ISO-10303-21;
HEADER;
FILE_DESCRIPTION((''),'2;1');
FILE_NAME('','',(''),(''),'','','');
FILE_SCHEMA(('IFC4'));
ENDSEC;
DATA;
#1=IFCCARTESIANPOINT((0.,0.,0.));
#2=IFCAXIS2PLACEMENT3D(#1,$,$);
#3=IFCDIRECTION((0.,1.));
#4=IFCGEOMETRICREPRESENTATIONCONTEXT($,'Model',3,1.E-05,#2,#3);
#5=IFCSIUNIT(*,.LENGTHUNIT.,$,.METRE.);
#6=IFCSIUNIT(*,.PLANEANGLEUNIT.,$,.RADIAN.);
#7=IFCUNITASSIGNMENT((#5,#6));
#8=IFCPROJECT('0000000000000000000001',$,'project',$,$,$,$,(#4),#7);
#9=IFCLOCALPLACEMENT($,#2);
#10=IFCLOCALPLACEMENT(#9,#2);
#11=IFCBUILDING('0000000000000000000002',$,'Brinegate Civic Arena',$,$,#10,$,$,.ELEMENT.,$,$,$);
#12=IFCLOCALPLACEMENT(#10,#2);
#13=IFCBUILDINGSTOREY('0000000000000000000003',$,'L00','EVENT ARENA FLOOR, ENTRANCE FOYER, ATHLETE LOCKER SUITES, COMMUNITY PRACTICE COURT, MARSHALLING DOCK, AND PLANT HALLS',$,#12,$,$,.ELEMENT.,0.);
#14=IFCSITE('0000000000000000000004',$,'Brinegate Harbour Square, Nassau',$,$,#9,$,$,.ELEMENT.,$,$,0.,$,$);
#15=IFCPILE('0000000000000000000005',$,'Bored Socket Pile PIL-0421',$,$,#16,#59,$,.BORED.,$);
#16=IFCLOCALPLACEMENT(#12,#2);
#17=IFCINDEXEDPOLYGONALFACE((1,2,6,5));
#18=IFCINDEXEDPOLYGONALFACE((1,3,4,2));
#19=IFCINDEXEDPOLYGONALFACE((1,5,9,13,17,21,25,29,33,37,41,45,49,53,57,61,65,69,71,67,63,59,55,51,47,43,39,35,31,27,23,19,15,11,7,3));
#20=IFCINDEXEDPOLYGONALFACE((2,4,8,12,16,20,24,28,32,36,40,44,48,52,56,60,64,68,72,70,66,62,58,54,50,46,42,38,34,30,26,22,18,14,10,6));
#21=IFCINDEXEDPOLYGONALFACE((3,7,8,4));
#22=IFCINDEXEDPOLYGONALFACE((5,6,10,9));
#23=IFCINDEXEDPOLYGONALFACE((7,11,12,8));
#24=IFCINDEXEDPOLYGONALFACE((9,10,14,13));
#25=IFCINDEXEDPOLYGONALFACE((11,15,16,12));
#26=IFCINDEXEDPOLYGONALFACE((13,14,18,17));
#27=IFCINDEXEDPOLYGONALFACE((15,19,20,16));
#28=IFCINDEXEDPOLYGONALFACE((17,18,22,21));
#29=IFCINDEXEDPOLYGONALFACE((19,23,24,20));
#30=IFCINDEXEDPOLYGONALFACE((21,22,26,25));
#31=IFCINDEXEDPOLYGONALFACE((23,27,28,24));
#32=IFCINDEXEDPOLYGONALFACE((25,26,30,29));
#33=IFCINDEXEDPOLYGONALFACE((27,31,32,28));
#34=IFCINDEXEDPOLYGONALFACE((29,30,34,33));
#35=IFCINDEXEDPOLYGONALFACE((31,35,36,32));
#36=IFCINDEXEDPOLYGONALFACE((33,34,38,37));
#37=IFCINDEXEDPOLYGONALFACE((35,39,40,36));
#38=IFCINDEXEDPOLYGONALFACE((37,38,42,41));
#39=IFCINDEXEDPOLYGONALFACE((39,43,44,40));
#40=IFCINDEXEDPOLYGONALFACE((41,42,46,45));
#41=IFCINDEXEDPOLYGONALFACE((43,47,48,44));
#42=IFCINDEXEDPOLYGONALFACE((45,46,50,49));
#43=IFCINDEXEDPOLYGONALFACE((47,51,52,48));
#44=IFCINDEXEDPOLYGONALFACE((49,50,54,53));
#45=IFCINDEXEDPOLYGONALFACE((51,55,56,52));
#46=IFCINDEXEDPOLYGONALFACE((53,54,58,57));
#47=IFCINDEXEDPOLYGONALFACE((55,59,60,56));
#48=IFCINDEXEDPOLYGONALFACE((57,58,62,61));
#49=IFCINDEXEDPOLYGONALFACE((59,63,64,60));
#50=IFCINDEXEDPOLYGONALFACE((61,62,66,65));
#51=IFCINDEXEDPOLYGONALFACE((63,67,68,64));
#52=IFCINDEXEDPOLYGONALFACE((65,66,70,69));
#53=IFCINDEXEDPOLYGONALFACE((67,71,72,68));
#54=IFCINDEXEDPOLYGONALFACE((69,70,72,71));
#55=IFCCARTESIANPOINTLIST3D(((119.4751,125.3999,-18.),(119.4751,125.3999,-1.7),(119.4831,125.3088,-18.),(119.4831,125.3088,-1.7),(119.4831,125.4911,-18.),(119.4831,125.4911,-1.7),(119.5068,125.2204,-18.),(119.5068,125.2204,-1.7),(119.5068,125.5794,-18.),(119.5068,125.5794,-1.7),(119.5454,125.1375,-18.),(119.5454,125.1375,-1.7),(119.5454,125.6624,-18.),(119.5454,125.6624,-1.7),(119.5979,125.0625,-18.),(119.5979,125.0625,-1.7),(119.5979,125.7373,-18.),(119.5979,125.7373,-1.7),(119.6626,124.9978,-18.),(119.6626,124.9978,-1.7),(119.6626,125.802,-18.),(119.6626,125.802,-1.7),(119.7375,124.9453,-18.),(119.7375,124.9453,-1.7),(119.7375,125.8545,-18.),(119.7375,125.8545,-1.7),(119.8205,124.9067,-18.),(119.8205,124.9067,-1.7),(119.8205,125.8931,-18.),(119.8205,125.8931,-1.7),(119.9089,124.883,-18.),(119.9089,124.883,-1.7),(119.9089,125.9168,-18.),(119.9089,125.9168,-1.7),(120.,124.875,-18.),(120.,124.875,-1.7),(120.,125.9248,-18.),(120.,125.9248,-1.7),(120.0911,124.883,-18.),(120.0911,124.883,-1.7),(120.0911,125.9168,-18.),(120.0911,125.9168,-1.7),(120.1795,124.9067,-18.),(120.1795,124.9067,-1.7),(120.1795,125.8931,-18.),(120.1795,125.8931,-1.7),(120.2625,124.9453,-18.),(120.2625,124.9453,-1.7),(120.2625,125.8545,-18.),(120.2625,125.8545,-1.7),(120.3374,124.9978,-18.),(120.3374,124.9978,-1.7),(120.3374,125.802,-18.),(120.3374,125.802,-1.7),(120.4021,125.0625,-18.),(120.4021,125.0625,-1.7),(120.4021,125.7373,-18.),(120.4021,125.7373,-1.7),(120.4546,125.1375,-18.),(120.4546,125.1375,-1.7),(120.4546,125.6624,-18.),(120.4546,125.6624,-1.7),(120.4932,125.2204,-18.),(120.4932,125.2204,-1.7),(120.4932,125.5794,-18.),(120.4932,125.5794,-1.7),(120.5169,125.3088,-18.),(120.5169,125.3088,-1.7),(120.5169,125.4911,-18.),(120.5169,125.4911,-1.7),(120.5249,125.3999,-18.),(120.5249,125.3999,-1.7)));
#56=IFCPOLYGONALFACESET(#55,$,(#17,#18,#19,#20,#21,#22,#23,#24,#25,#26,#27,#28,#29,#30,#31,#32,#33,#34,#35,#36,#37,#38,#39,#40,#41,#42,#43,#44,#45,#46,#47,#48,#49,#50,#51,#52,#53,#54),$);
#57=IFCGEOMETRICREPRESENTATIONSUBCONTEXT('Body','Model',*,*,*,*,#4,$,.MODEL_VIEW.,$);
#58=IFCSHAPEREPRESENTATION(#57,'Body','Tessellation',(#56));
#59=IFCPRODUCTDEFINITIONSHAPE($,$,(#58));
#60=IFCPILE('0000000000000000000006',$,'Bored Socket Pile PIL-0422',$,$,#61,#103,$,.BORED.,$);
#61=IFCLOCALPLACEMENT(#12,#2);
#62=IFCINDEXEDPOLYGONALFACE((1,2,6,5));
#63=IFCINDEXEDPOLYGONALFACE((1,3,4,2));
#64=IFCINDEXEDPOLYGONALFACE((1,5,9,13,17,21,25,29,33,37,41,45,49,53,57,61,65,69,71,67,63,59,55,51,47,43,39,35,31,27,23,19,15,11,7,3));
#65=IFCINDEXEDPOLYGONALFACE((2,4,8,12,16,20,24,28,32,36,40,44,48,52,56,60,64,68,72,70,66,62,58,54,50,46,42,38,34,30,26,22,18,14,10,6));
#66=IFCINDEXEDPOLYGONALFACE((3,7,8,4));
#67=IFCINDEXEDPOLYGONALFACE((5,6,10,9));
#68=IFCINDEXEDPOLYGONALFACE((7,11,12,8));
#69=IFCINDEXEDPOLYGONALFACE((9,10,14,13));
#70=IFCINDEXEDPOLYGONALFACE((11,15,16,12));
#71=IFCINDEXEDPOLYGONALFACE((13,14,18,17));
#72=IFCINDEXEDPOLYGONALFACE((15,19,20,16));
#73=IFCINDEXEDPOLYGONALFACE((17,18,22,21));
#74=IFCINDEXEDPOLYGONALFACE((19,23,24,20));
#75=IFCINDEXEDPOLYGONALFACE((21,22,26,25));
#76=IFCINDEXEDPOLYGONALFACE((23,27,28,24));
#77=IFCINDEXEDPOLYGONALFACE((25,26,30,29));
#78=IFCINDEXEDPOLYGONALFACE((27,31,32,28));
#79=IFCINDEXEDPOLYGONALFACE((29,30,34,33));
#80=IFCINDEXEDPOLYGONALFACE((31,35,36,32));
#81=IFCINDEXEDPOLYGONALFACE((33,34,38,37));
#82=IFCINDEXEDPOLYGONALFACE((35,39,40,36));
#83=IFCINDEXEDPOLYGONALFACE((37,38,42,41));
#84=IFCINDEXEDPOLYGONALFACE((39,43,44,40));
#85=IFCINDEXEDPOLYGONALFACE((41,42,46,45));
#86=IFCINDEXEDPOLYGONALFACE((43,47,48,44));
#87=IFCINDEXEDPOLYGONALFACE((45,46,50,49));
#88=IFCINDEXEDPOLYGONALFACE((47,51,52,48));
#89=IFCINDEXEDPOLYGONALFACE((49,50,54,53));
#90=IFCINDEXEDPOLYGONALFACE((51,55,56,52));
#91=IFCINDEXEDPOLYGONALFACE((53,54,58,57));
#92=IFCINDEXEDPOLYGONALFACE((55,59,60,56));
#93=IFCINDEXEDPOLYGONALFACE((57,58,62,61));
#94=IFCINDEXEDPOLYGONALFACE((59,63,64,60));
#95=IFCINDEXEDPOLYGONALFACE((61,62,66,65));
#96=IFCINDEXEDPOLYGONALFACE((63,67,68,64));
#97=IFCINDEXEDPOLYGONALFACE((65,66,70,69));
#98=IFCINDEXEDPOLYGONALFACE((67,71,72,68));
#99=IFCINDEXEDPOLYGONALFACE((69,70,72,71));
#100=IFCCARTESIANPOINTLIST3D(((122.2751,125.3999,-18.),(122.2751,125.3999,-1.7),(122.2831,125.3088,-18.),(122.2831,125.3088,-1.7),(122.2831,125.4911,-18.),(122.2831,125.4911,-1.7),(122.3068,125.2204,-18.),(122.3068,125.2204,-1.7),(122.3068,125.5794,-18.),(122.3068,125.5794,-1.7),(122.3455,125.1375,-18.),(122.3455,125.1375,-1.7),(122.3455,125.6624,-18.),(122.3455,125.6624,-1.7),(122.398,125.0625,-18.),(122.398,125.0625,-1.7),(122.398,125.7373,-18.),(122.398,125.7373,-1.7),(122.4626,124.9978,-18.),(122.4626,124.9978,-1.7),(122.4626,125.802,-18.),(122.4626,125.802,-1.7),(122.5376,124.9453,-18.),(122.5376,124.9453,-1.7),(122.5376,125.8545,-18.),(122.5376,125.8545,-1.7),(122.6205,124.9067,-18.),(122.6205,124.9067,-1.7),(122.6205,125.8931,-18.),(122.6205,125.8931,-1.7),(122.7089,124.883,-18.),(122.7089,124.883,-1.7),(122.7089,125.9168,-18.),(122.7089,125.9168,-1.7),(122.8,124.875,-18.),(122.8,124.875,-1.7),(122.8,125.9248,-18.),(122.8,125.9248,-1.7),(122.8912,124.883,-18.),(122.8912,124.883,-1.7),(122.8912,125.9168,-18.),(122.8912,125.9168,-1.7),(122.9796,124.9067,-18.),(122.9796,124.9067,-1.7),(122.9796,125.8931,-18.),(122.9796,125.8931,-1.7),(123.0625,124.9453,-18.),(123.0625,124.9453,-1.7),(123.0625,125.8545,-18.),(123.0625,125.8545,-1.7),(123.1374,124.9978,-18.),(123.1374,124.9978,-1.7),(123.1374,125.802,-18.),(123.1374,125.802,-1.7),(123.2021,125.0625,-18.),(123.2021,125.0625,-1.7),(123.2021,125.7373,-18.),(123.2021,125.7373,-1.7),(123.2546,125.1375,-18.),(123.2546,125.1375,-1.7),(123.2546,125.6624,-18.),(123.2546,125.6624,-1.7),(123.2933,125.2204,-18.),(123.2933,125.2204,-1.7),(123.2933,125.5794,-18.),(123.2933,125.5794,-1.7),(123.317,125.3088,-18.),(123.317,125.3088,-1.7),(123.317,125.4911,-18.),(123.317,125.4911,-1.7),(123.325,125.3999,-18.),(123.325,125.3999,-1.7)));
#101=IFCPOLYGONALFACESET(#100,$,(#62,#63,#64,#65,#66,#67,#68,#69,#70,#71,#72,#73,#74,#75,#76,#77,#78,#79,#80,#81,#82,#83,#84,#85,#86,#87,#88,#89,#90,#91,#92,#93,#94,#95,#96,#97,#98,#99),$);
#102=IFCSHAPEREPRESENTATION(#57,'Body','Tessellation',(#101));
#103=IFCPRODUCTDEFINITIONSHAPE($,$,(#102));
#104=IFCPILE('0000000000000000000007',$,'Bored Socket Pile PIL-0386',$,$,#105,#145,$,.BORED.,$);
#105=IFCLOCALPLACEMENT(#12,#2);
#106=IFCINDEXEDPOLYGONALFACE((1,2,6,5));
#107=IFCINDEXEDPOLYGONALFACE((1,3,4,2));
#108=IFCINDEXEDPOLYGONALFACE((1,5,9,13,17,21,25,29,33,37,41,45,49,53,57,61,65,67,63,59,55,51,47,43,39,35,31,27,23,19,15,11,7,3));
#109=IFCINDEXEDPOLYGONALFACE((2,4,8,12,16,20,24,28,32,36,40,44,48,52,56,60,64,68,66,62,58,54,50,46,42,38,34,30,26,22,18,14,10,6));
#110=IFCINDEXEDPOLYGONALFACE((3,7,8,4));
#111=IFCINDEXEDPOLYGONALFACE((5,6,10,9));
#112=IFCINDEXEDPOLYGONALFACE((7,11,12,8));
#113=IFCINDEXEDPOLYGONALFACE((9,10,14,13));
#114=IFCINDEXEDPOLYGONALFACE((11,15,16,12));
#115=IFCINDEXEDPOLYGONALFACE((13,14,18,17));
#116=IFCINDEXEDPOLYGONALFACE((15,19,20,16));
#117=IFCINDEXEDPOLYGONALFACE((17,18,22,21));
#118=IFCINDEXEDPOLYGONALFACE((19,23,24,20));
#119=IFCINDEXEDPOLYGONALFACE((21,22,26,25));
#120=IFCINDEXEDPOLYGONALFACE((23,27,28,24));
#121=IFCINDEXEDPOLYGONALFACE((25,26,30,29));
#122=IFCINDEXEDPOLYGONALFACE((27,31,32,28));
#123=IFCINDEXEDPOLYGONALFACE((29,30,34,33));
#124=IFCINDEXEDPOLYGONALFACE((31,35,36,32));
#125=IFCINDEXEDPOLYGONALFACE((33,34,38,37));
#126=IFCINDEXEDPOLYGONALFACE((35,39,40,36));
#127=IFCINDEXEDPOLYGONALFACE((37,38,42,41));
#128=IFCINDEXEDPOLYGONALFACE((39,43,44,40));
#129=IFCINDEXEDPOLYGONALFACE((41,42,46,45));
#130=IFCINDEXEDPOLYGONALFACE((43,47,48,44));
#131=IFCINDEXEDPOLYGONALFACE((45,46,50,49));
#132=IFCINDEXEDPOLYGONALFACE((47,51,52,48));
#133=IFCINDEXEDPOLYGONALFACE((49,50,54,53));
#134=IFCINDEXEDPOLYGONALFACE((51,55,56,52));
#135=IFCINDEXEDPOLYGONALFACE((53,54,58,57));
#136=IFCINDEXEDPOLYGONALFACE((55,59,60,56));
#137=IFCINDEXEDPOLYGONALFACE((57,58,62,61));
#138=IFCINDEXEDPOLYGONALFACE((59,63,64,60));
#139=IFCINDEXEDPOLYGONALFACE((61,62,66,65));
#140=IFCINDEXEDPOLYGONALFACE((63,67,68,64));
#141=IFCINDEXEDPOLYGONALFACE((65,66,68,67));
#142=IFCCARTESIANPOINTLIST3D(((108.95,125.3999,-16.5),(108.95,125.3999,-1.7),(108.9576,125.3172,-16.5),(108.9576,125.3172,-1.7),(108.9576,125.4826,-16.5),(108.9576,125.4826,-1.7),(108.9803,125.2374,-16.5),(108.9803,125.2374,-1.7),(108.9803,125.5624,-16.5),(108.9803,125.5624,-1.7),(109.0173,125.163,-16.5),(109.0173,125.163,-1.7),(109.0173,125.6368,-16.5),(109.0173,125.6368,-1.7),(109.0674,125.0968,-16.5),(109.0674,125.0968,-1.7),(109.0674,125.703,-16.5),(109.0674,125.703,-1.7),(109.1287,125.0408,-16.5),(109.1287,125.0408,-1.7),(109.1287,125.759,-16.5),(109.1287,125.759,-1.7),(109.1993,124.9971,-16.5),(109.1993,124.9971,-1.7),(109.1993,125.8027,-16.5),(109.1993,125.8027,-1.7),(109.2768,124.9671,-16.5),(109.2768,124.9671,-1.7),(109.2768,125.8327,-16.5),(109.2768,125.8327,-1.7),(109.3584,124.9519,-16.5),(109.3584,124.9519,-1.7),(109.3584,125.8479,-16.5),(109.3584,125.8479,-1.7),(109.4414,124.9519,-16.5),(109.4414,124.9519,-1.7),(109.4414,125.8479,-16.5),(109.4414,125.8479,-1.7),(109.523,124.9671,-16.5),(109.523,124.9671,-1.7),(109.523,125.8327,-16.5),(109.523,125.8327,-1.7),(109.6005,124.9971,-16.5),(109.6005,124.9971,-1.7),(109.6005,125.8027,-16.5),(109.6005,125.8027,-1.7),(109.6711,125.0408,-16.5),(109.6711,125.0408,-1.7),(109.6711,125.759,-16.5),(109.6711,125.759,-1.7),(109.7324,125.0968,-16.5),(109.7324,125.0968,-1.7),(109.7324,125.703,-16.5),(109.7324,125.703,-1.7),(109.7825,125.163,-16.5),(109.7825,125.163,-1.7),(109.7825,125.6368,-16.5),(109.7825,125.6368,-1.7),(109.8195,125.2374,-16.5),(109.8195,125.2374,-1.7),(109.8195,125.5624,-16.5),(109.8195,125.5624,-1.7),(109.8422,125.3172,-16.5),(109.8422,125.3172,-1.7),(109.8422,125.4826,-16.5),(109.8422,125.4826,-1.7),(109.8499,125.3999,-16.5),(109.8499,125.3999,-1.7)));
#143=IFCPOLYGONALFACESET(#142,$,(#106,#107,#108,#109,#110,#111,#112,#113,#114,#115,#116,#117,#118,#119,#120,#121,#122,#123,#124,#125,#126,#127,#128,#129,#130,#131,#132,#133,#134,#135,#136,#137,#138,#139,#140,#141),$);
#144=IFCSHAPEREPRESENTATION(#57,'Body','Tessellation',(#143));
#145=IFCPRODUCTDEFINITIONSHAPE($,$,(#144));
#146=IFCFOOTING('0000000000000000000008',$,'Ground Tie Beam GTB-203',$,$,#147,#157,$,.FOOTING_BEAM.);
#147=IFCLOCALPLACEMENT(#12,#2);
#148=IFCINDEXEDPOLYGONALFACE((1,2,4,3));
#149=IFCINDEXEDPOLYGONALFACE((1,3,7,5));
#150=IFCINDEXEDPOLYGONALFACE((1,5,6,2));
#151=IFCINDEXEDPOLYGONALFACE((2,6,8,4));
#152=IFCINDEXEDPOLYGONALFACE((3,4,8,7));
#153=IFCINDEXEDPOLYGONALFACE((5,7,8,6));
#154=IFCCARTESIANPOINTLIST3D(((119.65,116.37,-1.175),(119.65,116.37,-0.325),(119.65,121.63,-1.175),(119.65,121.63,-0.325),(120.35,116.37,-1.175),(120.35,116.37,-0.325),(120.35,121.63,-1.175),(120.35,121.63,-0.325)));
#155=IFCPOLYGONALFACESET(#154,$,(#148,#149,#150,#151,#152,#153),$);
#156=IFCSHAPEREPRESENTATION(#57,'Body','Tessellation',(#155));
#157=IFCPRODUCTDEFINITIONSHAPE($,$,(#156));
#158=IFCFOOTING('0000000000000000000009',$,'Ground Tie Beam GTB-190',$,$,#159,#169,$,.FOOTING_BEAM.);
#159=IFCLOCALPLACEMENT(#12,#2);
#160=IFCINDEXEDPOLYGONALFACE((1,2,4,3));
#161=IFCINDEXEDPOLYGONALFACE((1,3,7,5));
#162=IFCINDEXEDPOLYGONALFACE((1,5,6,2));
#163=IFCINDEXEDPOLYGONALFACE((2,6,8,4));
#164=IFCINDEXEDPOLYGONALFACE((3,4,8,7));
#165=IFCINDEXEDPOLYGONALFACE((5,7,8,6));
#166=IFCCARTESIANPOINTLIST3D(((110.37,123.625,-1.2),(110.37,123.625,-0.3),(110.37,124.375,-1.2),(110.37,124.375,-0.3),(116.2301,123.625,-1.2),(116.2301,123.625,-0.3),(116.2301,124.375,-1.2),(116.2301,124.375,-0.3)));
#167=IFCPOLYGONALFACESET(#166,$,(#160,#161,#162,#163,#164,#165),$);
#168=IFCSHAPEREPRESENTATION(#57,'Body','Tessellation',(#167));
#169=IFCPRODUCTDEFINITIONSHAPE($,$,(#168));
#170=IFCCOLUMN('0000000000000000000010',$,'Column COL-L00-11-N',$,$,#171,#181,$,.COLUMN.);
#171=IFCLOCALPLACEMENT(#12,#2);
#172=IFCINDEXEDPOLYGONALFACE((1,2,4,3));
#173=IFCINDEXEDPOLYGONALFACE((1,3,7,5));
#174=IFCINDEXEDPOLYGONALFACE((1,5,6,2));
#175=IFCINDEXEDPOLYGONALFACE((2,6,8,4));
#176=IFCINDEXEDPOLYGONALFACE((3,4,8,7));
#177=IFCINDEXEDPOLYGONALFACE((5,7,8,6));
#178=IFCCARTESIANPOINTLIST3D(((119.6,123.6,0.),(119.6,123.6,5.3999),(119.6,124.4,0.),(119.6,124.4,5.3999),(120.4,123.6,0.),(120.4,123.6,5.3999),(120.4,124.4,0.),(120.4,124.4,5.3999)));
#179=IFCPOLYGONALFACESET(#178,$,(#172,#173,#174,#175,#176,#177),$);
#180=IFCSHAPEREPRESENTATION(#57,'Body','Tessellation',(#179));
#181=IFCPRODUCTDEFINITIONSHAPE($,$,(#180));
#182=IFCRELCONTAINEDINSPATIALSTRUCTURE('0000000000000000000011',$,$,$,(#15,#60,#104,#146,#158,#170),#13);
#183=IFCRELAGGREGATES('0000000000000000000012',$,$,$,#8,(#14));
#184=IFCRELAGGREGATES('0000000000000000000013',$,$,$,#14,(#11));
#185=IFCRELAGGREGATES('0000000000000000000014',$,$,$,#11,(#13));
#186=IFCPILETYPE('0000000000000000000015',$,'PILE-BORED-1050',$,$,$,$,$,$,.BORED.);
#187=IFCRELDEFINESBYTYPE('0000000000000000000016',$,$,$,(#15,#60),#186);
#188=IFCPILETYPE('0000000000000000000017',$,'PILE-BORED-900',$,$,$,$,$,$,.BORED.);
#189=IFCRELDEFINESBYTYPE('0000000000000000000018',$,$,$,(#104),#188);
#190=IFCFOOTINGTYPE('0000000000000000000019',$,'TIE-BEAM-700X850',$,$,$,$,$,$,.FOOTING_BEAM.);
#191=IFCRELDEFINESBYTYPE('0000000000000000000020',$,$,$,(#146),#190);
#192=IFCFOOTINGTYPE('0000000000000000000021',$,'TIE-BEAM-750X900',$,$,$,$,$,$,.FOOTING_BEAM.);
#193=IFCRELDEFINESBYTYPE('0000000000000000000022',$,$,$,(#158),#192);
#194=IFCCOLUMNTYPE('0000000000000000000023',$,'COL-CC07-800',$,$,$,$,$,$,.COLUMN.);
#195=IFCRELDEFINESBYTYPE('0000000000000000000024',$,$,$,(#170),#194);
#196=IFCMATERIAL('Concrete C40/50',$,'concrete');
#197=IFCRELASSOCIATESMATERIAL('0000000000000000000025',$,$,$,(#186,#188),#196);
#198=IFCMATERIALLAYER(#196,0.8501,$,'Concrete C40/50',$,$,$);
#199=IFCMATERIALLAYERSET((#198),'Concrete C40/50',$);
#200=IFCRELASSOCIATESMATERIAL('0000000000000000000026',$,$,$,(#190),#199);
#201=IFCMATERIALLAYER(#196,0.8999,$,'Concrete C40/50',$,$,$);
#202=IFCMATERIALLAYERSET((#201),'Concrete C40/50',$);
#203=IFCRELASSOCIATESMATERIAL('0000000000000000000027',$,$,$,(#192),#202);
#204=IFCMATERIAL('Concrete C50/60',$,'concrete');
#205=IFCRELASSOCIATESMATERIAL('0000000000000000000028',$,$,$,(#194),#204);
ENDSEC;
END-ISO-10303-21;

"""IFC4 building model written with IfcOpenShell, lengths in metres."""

from ifc_helpers import new_model, si_unit, direction, frame, origin, origin_2d, place, context, subcontext, project, spatial, rectangle, circle, extrude, material, layer, layer_set, material_profile, profile_set, type_object, element, save


model = new_model("IFC4")

# Units and contexts
model_context = context("Model", 3, precision=1e-05, world=origin(), true_north=direction((0.0, 1.0)))
body_context = subcontext(model_context, "Body", "Model", "MODEL_VIEW")
ifc_project = project(units=[si_unit("LENGTHUNIT", "METRE"), si_unit("PLANEANGLEUNIT", "RADIAN")], contexts=[model_context])

# Site, building, storey
site_placement = place(None, origin())
site = spatial("IfcSite", under=ifc_project, at=site_placement, Name="Brinegate Harbour Square, Nassau", CompositionType="ELEMENT", RefElevation=0.0)
building_placement = place(site_placement, origin())
building = spatial("IfcBuilding", under=site, at=building_placement, Name="Brinegate Civic Arena", CompositionType="ELEMENT")
storey_placement = place(building_placement, origin())
storey = spatial("IfcBuildingStorey", under=building, at=storey_placement, Name="L00", Description="EVENT ARENA FLOOR, ENTRANCE FOYER, ATHLETE LOCKER SUITES, COMMUNITY PRACTICE COURT, MARSHALLING DOCK, AND PLANT HALLS", CompositionType="ELEMENT", Elevation=0.0)

# Shared definitions
ifc_material_1 = material(Name="Concrete C40/50", Category="concrete")

# Piles
ifc_material_profile_1 = material_profile(ifc_material_1, circle(Radius=0.5249, at=origin_2d()), Name="PILED1050")
ifc_profile_set_1 = profile_set([ifc_material_profile_1], Name="Concrete C40/50")
pile_type_1 = type_object("IfcPileType", Name="PILE-BORED-1050", PredefinedType="BORED", material=ifc_profile_set_1)
for number, where, z_axis, x_axis, name in (
    (1, (120.0, 125.3999, -1.7), (0.0, 0.0, -1.0), (1.0, 0.0, 0.0), "Bored Socket Pile PIL-0421"),
    (2, (122.8, 125.3999, -1.7), (0.0, 0.0, -1.0), (1.0, 0.0, 0.0), "Bored Socket Pile PIL-0422"),
):
    element("IfcPile", number, at=place(storey_placement, frame(where, z_axis=z_axis, x_axis=x_axis)), inside=storey, type_object=pile_type_1, Name=name, PredefinedType="BORED", context=body_context, shape_type="SweptSolid", body=[
        extrude(circle(Radius=0.5249, at=origin_2d()), origin(), (0.0, 0.0, 1.0), 16.3),
    ])
ifc_material_profile_2 = material_profile(ifc_material_1, circle(Radius=0.45, at=origin_2d()), Name="PILED900")
ifc_profile_set_2 = profile_set([ifc_material_profile_2], Name="Concrete C40/50")
pile_type_2 = type_object("IfcPileType", Name="PILE-BORED-900", PredefinedType="BORED", material=ifc_profile_set_2)
pile_placement = place(storey_placement, frame((109.3999, 125.3999, -1.7), z_axis=(0.0, 0.0, -1.0), x_axis=(1.0, 0.0, 0.0)))
element("IfcPile", 3, at=pile_placement, inside=storey, type_object=pile_type_2, Name="Bored Socket Pile PIL-0386", PredefinedType="BORED", context=body_context, shape_type="SweptSolid", body=[
    extrude(circle(Radius=0.45, at=origin_2d()), origin(), (0.0, 0.0, 1.0), 14.8),
])

# Footings
ifc_layer_1 = layer(ifc_material_1, 0.8501, Name="Concrete C40/50")
ifc_layer_set_1 = layer_set([ifc_layer_1], Name="Concrete C40/50")
footing_type_1 = type_object("IfcFootingType", Name="TIE-BEAM-700X850", PredefinedType="FOOTING_BEAM", material=ifc_layer_set_1)
footing_1_placement = place(storey_placement, frame((120.0, 119.0, -1.175), z_axis=(0.0, 0.0, 1.0), x_axis=(0.0, 1.0, 0.0)))
element("IfcFooting", 4, at=footing_1_placement, inside=storey, type_object=footing_type_1, Name="Ground Tie Beam GTB-203", PredefinedType="FOOTING_BEAM", context=body_context, shape_type="SweptSolid", body=[
    extrude(rectangle(XDim=5.26, YDim=0.7, at=origin_2d()), origin(), (0.0, 0.0, 1.0), 0.8501),
])
ifc_layer_2 = layer(ifc_material_1, 0.8999, Name="Concrete C40/50")
ifc_layer_set_2 = layer_set([ifc_layer_2], Name="Concrete C40/50")
footing_type_2 = type_object("IfcFootingType", Name="TIE-BEAM-750X900", PredefinedType="FOOTING_BEAM", material=ifc_layer_set_2)
footing_2_placement = place(storey_placement, frame((113.3, 124.0, -1.2), z_axis=(0.0, 0.0, 1.0), x_axis=(1.0, 0.0, 0.0)))
element("IfcFooting", 5, at=footing_2_placement, inside=storey, type_object=footing_type_2, Name="Ground Tie Beam GTB-190", PredefinedType="FOOTING_BEAM", context=body_context, shape_type="SweptSolid", body=[
    extrude(rectangle(XDim=5.8601, YDim=0.75, at=origin_2d()), origin(), (0.0, 0.0, 1.0), 0.8999),
])

# Column
ifc_material_2 = material(Name="Concrete C50/60", Category="concrete")
ifc_material_profile_3 = material_profile(ifc_material_2, rectangle(XDim=0.8, YDim=0.8, at=origin_2d()), Name="RC800X800")
ifc_profile_set_3 = profile_set([ifc_material_profile_3], Name="Concrete C50/60")
column_type = type_object("IfcColumnType", Name="COL-CC07-800", PredefinedType="COLUMN", material=ifc_profile_set_3)
column_placement = place(storey_placement, frame((120.0, 124.0, 0.0), z_axis=(0.0, 0.0, 1.0), x_axis=(1.0, 0.0, 0.0)))
element("IfcColumn", 6, at=column_placement, inside=storey, type_object=column_type, Name="Column COL-L00-11-N", PredefinedType="COLUMN", context=body_context, shape_type="SweptSolid", body=[
    extrude(rectangle(XDim=0.8, YDim=0.8, at=origin_2d()), origin(), (0.0, 0.0, 1.0), 5.3999),
])

save(model, "model.ifc")
